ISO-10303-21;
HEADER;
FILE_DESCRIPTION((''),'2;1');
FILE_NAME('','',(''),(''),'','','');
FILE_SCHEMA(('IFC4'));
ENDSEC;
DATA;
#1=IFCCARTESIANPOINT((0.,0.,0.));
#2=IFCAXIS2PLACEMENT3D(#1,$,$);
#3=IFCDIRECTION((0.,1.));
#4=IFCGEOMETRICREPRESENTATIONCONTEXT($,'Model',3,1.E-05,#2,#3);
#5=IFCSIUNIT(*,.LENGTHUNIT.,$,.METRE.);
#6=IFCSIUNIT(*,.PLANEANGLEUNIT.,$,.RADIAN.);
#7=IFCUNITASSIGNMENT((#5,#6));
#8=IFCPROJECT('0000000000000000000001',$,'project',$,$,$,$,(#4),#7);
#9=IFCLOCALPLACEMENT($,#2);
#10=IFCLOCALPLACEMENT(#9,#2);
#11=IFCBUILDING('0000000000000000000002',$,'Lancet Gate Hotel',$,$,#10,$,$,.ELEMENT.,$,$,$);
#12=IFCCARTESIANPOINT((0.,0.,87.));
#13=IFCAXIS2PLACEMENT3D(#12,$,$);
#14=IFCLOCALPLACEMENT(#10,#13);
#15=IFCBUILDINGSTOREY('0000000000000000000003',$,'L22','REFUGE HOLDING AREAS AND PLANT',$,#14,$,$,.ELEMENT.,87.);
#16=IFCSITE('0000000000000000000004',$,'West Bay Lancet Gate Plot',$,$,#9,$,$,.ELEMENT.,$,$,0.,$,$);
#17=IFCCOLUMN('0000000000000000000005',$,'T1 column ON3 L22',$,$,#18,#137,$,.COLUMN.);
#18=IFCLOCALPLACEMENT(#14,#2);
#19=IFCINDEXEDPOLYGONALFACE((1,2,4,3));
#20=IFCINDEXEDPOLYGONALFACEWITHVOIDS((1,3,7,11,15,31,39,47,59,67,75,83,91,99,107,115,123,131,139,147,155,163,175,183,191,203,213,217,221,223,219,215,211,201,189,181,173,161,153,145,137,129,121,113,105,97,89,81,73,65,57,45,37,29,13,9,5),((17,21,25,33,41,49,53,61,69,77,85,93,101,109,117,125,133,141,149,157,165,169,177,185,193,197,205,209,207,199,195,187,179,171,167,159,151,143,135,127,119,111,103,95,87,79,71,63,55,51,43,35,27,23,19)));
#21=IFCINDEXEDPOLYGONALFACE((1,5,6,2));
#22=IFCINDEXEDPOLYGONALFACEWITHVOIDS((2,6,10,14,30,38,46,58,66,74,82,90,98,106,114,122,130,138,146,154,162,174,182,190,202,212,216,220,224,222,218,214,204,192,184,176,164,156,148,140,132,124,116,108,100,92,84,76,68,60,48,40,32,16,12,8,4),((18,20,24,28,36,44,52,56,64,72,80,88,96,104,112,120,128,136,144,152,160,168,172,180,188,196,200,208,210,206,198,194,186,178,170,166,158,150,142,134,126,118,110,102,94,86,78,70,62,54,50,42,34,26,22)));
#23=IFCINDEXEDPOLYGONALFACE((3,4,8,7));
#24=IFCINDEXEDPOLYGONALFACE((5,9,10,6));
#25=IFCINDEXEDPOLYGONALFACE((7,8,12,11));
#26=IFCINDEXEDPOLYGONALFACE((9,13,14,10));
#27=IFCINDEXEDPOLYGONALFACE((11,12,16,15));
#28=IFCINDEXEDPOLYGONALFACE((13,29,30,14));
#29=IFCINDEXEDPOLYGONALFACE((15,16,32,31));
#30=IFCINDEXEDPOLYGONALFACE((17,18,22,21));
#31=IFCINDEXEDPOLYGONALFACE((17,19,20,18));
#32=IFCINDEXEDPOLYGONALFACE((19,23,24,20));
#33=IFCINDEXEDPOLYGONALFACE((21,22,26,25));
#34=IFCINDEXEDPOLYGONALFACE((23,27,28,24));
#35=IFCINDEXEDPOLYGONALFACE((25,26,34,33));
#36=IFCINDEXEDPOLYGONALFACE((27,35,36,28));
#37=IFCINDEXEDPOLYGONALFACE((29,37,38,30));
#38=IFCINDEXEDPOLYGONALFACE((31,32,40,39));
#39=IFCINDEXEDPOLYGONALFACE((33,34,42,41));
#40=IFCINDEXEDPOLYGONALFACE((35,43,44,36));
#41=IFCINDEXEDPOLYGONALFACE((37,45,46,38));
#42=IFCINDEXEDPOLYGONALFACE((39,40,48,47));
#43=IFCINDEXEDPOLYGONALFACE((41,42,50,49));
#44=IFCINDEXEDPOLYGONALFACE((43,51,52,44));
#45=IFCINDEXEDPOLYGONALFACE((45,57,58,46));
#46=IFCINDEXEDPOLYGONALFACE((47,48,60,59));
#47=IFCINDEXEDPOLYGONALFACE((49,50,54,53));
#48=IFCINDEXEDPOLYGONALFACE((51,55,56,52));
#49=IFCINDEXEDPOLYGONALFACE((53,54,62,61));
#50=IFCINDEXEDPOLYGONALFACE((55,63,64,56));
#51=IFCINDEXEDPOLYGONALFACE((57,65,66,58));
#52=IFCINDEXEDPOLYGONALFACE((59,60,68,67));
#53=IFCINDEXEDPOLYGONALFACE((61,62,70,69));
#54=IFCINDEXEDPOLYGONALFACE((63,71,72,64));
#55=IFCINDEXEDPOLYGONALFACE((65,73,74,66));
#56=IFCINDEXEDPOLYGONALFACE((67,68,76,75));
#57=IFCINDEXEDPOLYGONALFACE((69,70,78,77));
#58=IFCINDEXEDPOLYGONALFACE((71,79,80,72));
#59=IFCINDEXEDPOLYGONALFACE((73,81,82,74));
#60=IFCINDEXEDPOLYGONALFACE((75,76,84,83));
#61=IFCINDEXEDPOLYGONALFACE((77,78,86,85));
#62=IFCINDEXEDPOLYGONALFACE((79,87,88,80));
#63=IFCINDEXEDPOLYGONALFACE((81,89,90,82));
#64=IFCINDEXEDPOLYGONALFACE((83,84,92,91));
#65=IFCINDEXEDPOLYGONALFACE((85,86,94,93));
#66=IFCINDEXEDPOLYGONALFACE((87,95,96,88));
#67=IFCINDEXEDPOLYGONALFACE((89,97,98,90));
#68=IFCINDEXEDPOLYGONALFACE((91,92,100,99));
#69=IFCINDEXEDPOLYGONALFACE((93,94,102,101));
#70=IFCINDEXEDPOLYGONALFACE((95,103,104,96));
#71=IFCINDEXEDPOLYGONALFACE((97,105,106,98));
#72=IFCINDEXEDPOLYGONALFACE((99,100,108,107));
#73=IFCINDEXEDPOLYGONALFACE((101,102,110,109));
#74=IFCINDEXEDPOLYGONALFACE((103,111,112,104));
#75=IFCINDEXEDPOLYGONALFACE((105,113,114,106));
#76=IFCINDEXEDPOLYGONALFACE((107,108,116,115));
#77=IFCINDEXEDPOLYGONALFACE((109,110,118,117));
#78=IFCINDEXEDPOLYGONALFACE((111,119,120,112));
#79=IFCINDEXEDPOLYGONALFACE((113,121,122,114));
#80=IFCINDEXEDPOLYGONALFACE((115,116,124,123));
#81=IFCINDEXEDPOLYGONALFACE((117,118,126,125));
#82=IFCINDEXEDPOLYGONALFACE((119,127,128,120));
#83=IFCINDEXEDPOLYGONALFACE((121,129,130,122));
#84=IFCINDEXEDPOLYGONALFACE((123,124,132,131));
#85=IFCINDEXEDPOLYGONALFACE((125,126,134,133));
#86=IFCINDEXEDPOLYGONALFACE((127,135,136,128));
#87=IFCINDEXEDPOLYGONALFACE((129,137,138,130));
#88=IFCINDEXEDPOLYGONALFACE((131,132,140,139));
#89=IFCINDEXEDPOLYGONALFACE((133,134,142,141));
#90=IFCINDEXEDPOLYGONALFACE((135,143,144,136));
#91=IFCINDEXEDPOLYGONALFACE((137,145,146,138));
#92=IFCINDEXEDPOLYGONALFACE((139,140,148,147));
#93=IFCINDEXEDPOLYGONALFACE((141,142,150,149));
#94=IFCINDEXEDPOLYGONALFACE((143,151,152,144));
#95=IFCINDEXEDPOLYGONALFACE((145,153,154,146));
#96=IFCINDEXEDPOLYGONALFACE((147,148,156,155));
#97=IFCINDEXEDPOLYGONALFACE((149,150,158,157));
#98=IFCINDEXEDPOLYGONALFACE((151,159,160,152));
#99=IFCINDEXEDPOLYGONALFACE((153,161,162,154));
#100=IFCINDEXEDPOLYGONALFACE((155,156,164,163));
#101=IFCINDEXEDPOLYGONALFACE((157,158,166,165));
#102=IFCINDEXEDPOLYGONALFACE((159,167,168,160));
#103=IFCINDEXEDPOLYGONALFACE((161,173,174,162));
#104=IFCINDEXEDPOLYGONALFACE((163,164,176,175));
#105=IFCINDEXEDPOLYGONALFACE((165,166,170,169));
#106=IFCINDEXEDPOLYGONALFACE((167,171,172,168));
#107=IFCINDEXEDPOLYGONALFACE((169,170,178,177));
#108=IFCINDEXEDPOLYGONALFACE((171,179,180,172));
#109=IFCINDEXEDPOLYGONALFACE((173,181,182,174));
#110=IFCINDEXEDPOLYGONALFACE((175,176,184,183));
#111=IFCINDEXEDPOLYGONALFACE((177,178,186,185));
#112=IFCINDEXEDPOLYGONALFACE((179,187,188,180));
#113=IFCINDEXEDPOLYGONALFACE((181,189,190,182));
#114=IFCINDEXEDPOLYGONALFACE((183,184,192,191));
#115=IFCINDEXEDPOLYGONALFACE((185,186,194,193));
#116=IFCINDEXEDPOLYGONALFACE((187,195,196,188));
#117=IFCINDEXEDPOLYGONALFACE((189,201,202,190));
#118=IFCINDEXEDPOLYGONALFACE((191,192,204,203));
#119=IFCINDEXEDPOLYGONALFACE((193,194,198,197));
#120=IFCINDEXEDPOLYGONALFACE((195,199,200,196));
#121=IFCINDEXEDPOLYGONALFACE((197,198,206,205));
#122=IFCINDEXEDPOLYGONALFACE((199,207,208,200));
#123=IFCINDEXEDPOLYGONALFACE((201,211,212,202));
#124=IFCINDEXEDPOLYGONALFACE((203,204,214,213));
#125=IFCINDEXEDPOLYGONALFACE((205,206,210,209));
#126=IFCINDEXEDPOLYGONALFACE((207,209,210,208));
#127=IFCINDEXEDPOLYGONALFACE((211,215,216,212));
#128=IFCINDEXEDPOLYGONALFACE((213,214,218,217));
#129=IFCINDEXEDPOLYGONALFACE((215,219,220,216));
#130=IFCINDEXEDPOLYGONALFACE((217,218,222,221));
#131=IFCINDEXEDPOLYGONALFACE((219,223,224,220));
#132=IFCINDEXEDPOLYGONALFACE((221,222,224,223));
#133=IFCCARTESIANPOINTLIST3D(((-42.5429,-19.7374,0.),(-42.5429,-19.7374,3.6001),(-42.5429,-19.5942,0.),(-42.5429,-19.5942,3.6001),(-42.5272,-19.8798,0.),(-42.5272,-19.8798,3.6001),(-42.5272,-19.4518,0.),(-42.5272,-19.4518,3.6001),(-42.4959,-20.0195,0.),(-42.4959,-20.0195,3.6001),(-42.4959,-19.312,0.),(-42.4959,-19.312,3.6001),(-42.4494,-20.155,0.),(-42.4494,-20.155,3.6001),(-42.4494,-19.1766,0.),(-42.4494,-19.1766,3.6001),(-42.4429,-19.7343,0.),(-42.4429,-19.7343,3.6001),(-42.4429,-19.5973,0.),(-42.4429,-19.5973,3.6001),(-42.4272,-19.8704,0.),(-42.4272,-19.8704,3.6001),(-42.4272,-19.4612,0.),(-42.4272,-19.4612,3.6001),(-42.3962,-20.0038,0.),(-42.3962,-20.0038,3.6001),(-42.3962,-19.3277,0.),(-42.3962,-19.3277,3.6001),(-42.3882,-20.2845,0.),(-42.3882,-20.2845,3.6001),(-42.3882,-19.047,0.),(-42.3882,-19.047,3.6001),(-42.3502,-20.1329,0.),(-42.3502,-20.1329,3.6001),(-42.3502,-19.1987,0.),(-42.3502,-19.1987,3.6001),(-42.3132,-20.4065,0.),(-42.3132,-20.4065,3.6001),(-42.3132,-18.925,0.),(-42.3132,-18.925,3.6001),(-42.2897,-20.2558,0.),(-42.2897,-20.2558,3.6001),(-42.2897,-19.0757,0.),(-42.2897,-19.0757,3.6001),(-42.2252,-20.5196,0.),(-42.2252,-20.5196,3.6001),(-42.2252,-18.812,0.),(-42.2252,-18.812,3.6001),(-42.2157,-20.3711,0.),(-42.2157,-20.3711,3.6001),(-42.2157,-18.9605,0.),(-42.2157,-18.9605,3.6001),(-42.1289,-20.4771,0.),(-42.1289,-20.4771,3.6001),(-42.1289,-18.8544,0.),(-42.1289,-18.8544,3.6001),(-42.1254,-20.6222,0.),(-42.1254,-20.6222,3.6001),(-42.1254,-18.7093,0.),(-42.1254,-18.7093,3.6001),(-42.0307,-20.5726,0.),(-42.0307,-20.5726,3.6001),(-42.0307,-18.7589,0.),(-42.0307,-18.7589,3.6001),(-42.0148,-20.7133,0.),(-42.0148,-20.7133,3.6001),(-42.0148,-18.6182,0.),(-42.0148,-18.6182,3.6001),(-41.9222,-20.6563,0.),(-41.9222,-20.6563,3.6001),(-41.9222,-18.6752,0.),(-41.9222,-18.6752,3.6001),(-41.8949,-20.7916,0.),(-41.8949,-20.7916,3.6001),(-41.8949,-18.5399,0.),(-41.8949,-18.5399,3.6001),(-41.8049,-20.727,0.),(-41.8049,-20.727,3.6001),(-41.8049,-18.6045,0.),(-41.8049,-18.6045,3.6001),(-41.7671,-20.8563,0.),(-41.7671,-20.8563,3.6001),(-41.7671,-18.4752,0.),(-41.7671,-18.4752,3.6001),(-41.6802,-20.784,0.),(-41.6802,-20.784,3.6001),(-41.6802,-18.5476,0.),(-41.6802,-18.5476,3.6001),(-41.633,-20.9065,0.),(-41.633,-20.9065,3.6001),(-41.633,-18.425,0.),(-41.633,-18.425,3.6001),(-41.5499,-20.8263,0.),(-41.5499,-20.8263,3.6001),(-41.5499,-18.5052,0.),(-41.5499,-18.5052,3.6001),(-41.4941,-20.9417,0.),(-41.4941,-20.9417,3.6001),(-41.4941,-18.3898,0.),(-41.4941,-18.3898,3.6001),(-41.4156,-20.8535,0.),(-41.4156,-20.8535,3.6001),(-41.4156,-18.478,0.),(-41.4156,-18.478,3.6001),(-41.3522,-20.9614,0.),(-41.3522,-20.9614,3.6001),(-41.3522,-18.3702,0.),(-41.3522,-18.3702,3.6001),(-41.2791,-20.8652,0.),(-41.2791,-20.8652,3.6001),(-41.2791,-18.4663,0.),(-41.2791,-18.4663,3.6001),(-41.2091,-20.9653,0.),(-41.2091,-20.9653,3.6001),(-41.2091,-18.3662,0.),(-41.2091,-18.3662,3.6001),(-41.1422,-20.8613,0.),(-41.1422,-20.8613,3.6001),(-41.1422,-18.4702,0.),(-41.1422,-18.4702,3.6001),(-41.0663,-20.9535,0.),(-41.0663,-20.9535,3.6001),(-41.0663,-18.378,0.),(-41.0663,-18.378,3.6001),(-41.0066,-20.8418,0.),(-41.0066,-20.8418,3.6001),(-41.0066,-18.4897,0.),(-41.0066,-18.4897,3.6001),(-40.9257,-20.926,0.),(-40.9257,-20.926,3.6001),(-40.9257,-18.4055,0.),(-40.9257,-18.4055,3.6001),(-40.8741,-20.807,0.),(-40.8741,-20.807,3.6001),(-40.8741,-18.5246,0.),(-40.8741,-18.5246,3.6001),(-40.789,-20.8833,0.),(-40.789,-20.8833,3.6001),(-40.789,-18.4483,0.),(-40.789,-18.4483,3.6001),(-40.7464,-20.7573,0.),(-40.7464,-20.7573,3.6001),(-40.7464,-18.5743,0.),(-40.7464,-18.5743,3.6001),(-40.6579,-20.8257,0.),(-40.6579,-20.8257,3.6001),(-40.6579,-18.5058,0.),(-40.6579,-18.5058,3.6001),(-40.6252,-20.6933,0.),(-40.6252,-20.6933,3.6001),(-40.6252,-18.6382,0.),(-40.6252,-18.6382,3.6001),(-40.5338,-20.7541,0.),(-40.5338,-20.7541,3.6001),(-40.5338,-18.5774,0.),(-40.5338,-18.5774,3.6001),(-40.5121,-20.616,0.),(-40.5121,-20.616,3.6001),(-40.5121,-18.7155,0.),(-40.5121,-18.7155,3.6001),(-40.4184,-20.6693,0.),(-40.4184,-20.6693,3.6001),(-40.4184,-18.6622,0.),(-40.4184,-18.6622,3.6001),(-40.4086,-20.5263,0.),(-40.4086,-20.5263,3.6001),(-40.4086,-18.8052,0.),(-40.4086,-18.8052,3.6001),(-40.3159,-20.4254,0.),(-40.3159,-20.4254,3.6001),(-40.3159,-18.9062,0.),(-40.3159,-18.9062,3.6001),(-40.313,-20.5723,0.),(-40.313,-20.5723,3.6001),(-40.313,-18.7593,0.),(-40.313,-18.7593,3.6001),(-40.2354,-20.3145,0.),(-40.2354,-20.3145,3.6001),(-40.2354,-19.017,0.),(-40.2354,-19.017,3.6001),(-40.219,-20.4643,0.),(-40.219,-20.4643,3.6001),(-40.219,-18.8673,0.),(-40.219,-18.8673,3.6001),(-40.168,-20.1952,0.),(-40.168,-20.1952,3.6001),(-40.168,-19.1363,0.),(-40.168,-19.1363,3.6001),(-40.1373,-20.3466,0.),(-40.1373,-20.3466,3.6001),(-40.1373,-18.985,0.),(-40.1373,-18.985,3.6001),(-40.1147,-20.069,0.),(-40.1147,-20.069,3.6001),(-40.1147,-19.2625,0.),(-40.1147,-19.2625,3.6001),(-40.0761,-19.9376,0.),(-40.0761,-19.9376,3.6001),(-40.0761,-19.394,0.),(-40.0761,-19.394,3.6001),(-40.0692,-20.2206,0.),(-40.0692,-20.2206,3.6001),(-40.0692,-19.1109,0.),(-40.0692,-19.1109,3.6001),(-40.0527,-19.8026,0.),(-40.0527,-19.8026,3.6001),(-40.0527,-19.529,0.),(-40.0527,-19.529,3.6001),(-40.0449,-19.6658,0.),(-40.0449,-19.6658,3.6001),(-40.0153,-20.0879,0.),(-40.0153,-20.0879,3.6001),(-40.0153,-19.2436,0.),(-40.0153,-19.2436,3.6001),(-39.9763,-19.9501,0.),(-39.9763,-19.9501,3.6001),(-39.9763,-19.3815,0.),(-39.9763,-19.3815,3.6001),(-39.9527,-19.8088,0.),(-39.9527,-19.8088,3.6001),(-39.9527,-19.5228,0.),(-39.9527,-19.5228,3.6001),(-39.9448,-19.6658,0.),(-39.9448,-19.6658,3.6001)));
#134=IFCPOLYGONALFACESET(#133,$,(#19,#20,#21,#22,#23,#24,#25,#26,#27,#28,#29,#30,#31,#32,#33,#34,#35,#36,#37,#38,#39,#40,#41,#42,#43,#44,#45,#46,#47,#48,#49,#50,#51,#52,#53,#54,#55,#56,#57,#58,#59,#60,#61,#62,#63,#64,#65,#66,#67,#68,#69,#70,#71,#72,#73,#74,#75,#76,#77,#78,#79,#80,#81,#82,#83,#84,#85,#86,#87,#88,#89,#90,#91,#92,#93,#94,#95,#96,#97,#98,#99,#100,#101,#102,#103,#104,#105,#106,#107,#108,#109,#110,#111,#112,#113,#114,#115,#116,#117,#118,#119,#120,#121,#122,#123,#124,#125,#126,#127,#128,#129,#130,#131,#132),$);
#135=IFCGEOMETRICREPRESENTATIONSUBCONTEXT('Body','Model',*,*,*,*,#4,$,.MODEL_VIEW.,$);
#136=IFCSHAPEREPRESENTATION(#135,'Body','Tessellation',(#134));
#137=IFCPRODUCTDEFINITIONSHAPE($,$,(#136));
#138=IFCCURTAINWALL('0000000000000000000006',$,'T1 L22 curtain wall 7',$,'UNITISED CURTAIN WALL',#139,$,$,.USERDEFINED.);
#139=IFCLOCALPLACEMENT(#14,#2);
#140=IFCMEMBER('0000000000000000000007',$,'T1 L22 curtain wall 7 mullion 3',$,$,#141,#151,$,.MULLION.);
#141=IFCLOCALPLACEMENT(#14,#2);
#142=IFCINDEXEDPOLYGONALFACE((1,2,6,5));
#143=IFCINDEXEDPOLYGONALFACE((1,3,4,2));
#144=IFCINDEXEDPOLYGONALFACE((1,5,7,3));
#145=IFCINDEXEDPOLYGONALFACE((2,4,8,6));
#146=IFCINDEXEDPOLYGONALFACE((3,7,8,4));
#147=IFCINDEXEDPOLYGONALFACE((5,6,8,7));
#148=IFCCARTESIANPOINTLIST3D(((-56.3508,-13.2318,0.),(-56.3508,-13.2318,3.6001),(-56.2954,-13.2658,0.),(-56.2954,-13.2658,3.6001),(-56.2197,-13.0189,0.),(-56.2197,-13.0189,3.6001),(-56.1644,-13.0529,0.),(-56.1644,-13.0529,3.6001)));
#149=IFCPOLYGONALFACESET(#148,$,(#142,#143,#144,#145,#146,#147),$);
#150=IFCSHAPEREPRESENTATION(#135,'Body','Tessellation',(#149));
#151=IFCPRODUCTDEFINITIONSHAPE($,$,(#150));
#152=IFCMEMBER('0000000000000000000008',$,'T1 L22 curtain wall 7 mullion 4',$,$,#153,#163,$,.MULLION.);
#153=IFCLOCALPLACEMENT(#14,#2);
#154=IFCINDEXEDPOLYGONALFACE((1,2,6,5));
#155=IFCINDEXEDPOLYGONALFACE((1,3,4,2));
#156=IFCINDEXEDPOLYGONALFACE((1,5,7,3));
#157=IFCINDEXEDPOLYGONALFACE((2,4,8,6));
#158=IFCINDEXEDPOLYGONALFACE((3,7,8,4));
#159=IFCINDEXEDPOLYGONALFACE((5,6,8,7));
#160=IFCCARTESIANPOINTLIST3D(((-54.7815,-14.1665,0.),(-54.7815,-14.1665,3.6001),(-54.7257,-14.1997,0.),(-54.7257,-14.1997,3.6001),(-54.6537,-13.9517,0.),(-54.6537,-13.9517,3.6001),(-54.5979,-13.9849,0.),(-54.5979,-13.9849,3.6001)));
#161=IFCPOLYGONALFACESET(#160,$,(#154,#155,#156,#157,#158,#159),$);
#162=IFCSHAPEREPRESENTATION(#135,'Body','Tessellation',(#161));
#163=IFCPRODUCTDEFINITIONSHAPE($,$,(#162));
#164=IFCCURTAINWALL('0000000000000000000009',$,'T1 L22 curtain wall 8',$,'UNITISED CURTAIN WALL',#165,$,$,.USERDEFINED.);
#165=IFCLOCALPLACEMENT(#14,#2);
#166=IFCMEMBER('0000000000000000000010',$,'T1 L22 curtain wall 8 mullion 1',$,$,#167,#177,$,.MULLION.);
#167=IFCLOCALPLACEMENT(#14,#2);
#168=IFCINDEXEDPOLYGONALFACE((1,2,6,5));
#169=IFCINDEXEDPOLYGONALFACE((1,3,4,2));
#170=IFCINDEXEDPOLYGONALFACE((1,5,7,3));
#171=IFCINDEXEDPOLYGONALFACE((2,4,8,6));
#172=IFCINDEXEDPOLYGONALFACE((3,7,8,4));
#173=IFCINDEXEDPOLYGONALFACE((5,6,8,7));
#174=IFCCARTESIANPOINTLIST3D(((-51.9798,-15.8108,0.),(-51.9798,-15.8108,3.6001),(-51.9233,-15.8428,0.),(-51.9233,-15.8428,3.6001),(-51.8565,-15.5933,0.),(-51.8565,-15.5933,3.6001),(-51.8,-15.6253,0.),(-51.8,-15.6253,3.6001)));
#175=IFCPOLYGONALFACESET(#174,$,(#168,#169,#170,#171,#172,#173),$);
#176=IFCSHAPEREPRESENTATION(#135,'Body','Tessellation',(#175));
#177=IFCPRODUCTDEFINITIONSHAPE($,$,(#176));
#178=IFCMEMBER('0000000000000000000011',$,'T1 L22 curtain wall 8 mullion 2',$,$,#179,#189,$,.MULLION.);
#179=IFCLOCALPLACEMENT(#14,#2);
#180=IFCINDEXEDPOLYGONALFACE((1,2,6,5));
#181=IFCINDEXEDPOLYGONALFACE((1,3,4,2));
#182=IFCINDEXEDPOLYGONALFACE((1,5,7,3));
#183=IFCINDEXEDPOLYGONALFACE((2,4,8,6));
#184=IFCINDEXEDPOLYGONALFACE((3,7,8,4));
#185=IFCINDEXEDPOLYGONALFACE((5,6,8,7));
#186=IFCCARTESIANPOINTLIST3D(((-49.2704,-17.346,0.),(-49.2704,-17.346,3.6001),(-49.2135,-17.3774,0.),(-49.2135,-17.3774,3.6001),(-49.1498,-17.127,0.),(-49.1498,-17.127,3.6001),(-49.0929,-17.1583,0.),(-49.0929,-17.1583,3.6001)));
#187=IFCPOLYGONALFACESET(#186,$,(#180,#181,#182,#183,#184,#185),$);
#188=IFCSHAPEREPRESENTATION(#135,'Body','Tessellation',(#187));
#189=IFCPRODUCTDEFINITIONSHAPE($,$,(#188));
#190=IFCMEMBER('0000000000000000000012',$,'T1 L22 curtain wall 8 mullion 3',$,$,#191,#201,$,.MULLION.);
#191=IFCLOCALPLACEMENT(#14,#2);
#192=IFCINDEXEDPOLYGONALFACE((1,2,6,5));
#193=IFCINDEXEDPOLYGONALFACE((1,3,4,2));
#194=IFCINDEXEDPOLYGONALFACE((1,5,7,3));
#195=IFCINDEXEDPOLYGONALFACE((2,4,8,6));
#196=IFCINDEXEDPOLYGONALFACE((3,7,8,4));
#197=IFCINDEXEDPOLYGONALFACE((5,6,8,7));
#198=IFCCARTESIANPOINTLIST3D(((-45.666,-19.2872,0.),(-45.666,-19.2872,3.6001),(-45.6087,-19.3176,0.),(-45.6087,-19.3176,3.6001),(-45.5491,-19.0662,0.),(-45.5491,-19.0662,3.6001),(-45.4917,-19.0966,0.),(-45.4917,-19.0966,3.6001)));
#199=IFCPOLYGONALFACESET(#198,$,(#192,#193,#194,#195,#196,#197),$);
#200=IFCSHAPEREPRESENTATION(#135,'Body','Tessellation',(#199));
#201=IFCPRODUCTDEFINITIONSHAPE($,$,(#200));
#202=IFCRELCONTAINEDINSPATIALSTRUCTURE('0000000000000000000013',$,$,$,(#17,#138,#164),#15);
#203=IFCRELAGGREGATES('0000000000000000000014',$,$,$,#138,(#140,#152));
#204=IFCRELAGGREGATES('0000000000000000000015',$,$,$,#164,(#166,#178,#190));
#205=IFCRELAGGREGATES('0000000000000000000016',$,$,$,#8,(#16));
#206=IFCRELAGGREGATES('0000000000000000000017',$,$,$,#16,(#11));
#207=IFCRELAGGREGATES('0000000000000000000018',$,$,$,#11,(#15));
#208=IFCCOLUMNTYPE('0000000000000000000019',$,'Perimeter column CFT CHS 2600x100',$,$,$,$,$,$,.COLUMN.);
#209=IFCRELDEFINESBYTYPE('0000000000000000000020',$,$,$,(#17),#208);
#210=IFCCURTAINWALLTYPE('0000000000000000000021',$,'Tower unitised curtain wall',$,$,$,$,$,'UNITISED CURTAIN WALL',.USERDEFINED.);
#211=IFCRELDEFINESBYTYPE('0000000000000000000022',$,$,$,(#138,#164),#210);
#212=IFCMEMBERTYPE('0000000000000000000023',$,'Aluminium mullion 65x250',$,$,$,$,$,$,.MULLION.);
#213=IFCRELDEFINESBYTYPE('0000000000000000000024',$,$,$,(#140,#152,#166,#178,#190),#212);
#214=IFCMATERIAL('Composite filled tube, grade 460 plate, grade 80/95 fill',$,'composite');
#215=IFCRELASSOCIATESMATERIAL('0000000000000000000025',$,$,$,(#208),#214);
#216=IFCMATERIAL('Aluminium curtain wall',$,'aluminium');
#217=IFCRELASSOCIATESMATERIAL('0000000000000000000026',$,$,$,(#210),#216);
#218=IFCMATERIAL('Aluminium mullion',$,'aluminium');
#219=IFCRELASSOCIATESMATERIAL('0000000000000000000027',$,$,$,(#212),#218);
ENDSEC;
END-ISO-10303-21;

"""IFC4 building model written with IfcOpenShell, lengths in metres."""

from ifc_helpers import new_model, si_unit, direction, frame, origin, origin_2d, place, context, subcontext, project, spatial, rectangle, hollow_circle, extrude, material, material_profile, profile_set, type_object, element, aggregate, save


model = new_model("IFC4")

# Units and contexts
model_context = context("Model", 3, precision=1e-05, world=origin(), true_north=direction((0.0, 1.0)))
body_context = subcontext(model_context, "Body", "Model", "MODEL_VIEW")
ifc_project = project(units=[si_unit("LENGTHUNIT", "METRE"), si_unit("PLANEANGLEUNIT", "RADIAN")], contexts=[model_context])

# Site, building, storey
site_placement = place(None, origin())
site = spatial("IfcSite", under=ifc_project, at=site_placement, Name="West Bay Lancet Gate Plot", CompositionType="ELEMENT", RefElevation=0.0)
building_placement = place(site_placement, origin())
building = spatial("IfcBuilding", under=site, at=building_placement, Name="Lancet Gate Hotel", CompositionType="ELEMENT")
storey_placement = place(building_placement, frame((0.0, 0.0, 87.0)))
storey = spatial("IfcBuildingStorey", under=building, at=storey_placement, Name="L22", Description="REFUGE HOLDING AREAS AND PLANT", CompositionType="ELEMENT", Elevation=87.0)

# Column
ifc_material_1 = material(Name="Composite filled tube, grade 460 plate, grade 80/95 fill", Category="composite")
ifc_material_profile_1 = material_profile(ifc_material_1, hollow_circle(Radius=1.3, WallThickness=0.1001, at=origin_2d()), Name="CHS 2600x100")
ifc_profile_set_1 = profile_set([ifc_material_profile_1], Name="Composite filled tube, grade 460 plate, grade 80/95 fill")
column_type = type_object("IfcColumnType", Name="Perimeter column CFT CHS 2600x100", PredefinedType="COLUMN", material=ifc_profile_set_1)
for number, where, z_axis, x_axis, name in (
    (1, (-41.2449, -19.6658, 0.0), (0.0, 0.0, 1.0), (1.0, 0.0, 0.0), "T1 column ON3 L22"),
):
    element("IfcColumn", number, at=place(storey_placement, frame(where, z_axis=z_axis, x_axis=x_axis)), inside=storey, type_object=column_type, Name=name, PredefinedType="COLUMN", context=body_context, shape_type="SweptSolid", body=[
        extrude(hollow_circle(Radius=1.3, WallThickness=0.1001, at=origin_2d()), origin(), (0.0, 0.0, 1.0), 3.6001),
    ])

# Curtain walls, members
ifc_material_2 = material(Name="Aluminium curtain wall", Category="aluminium")
curtain_wall_type = type_object("IfcCurtainWallType", Name="Tower unitised curtain wall", ElementType="UNITISED CURTAIN WALL", PredefinedType="USERDEFINED", material=ifc_material_2)
curtain_wall_1_placement = place(storey_placement, origin())
curtain_wall_1 = element("IfcCurtainWall", 2, at=curtain_wall_1_placement, inside=storey, type_object=curtain_wall_type, Name="T1 L22 curtain wall 7", ObjectType="UNITISED CURTAIN WALL", PredefinedType="USERDEFINED")
ifc_material_3 = material(Name="Aluminium mullion", Category="aluminium")
ifc_material_profile_2 = material_profile(ifc_material_3, rectangle(XDim=0.0649, YDim=0.25, at=origin_2d()), Name="MULLION 65x250")
ifc_profile_set_2 = profile_set([ifc_material_profile_2], Name="Aluminium mullion")
member_type_1 = type_object("IfcMemberType", Name="Aluminium mullion 65x250", PredefinedType="MULLION", material=ifc_profile_set_2)
member_1_placement = place(storey_placement, frame((-56.2576, -13.1423, 0.0), z_axis=(0.0, 0.0, 1.0), x_axis=(0.85156, -0.524257, 0.0)))
member_1 = element("IfcMember", 3, at=member_1_placement, type_object=member_type_1, Name="T1 L22 curtain wall 7 mullion 3", PredefinedType="MULLION", context=body_context, shape_type="SweptSolid", body=[
    extrude(rectangle(XDim=0.0649, YDim=0.25, at=origin_2d()), origin(), (0.0, 0.0, 1.0), 3.6001),
])
member_2_placement = place(storey_placement, frame((-54.6897, -14.0757, 0.0), z_axis=(0.0, 0.0, 1.0), x_axis=(0.859271, -0.51152, 0.0)))
member_2 = element("IfcMember", 4, at=member_2_placement, type_object=member_type_1, Name="T1 L22 curtain wall 7 mullion 4", PredefinedType="MULLION", context=body_context, shape_type="SweptSolid", body=[
    extrude(rectangle(XDim=0.0649, YDim=0.25, at=origin_2d()), origin(), (0.0, 0.0, 1.0), 3.6001),
])
curtain_wall_2_placement = place(storey_placement, origin())
curtain_wall_2 = element("IfcCurtainWall", 5, at=curtain_wall_2_placement, inside=storey, type_object=curtain_wall_type, Name="T1 L22 curtain wall 8", ObjectType="UNITISED CURTAIN WALL", PredefinedType="USERDEFINED")
member_3_placement = place(storey_placement, frame((-51.8899, -15.718, 0.0), z_axis=(0.0, 0.0, 1.0), x_axis=(0.870084, -0.492904, 0.0)))
member_3 = element("IfcMember", 6, at=member_3_placement, type_object=member_type_1, Name="T1 L22 curtain wall 8 mullion 1", PredefinedType="MULLION", context=body_context, shape_type="SweptSolid", body=[
    extrude(rectangle(XDim=0.0649, YDim=0.25, at=origin_2d()), origin(), (0.0, 0.0, 1.0), 3.6001),
])
member_4_placement = place(storey_placement, frame((-49.1816, -17.2522, 0.0), z_axis=(0.0, 0.0, 1.0), x_axis=(0.876045, -0.482229, 0.0)))
member_4 = element("IfcMember", 7, at=member_4_placement, type_object=member_type_1, Name="T1 L22 curtain wall 8 mullion 2", PredefinedType="MULLION", context=body_context, shape_type="SweptSolid", body=[
    extrude(rectangle(XDim=0.0649, YDim=0.25, at=origin_2d()), origin(), (0.0, 0.0, 1.0), 3.6001),
])
member_5_placement = place(storey_placement, frame((-45.5789, -19.1919, 0.0), z_axis=(0.0, 0.0, 1.0), x_axis=(0.883749, -0.46796, 0.0)))
member_5 = element("IfcMember", 8, at=member_5_placement, type_object=member_type_1, Name="T1 L22 curtain wall 8 mullion 3", PredefinedType="MULLION", context=body_context, shape_type="SweptSolid", body=[
    extrude(rectangle(XDim=0.0649, YDim=0.25, at=origin_2d()), origin(), (0.0, 0.0, 1.0), 3.6001),
])

aggregate(curtain_wall_1, [member_1, member_2])
aggregate(curtain_wall_2, [member_3, member_4, member_5])

save(model, "model.ifc")
